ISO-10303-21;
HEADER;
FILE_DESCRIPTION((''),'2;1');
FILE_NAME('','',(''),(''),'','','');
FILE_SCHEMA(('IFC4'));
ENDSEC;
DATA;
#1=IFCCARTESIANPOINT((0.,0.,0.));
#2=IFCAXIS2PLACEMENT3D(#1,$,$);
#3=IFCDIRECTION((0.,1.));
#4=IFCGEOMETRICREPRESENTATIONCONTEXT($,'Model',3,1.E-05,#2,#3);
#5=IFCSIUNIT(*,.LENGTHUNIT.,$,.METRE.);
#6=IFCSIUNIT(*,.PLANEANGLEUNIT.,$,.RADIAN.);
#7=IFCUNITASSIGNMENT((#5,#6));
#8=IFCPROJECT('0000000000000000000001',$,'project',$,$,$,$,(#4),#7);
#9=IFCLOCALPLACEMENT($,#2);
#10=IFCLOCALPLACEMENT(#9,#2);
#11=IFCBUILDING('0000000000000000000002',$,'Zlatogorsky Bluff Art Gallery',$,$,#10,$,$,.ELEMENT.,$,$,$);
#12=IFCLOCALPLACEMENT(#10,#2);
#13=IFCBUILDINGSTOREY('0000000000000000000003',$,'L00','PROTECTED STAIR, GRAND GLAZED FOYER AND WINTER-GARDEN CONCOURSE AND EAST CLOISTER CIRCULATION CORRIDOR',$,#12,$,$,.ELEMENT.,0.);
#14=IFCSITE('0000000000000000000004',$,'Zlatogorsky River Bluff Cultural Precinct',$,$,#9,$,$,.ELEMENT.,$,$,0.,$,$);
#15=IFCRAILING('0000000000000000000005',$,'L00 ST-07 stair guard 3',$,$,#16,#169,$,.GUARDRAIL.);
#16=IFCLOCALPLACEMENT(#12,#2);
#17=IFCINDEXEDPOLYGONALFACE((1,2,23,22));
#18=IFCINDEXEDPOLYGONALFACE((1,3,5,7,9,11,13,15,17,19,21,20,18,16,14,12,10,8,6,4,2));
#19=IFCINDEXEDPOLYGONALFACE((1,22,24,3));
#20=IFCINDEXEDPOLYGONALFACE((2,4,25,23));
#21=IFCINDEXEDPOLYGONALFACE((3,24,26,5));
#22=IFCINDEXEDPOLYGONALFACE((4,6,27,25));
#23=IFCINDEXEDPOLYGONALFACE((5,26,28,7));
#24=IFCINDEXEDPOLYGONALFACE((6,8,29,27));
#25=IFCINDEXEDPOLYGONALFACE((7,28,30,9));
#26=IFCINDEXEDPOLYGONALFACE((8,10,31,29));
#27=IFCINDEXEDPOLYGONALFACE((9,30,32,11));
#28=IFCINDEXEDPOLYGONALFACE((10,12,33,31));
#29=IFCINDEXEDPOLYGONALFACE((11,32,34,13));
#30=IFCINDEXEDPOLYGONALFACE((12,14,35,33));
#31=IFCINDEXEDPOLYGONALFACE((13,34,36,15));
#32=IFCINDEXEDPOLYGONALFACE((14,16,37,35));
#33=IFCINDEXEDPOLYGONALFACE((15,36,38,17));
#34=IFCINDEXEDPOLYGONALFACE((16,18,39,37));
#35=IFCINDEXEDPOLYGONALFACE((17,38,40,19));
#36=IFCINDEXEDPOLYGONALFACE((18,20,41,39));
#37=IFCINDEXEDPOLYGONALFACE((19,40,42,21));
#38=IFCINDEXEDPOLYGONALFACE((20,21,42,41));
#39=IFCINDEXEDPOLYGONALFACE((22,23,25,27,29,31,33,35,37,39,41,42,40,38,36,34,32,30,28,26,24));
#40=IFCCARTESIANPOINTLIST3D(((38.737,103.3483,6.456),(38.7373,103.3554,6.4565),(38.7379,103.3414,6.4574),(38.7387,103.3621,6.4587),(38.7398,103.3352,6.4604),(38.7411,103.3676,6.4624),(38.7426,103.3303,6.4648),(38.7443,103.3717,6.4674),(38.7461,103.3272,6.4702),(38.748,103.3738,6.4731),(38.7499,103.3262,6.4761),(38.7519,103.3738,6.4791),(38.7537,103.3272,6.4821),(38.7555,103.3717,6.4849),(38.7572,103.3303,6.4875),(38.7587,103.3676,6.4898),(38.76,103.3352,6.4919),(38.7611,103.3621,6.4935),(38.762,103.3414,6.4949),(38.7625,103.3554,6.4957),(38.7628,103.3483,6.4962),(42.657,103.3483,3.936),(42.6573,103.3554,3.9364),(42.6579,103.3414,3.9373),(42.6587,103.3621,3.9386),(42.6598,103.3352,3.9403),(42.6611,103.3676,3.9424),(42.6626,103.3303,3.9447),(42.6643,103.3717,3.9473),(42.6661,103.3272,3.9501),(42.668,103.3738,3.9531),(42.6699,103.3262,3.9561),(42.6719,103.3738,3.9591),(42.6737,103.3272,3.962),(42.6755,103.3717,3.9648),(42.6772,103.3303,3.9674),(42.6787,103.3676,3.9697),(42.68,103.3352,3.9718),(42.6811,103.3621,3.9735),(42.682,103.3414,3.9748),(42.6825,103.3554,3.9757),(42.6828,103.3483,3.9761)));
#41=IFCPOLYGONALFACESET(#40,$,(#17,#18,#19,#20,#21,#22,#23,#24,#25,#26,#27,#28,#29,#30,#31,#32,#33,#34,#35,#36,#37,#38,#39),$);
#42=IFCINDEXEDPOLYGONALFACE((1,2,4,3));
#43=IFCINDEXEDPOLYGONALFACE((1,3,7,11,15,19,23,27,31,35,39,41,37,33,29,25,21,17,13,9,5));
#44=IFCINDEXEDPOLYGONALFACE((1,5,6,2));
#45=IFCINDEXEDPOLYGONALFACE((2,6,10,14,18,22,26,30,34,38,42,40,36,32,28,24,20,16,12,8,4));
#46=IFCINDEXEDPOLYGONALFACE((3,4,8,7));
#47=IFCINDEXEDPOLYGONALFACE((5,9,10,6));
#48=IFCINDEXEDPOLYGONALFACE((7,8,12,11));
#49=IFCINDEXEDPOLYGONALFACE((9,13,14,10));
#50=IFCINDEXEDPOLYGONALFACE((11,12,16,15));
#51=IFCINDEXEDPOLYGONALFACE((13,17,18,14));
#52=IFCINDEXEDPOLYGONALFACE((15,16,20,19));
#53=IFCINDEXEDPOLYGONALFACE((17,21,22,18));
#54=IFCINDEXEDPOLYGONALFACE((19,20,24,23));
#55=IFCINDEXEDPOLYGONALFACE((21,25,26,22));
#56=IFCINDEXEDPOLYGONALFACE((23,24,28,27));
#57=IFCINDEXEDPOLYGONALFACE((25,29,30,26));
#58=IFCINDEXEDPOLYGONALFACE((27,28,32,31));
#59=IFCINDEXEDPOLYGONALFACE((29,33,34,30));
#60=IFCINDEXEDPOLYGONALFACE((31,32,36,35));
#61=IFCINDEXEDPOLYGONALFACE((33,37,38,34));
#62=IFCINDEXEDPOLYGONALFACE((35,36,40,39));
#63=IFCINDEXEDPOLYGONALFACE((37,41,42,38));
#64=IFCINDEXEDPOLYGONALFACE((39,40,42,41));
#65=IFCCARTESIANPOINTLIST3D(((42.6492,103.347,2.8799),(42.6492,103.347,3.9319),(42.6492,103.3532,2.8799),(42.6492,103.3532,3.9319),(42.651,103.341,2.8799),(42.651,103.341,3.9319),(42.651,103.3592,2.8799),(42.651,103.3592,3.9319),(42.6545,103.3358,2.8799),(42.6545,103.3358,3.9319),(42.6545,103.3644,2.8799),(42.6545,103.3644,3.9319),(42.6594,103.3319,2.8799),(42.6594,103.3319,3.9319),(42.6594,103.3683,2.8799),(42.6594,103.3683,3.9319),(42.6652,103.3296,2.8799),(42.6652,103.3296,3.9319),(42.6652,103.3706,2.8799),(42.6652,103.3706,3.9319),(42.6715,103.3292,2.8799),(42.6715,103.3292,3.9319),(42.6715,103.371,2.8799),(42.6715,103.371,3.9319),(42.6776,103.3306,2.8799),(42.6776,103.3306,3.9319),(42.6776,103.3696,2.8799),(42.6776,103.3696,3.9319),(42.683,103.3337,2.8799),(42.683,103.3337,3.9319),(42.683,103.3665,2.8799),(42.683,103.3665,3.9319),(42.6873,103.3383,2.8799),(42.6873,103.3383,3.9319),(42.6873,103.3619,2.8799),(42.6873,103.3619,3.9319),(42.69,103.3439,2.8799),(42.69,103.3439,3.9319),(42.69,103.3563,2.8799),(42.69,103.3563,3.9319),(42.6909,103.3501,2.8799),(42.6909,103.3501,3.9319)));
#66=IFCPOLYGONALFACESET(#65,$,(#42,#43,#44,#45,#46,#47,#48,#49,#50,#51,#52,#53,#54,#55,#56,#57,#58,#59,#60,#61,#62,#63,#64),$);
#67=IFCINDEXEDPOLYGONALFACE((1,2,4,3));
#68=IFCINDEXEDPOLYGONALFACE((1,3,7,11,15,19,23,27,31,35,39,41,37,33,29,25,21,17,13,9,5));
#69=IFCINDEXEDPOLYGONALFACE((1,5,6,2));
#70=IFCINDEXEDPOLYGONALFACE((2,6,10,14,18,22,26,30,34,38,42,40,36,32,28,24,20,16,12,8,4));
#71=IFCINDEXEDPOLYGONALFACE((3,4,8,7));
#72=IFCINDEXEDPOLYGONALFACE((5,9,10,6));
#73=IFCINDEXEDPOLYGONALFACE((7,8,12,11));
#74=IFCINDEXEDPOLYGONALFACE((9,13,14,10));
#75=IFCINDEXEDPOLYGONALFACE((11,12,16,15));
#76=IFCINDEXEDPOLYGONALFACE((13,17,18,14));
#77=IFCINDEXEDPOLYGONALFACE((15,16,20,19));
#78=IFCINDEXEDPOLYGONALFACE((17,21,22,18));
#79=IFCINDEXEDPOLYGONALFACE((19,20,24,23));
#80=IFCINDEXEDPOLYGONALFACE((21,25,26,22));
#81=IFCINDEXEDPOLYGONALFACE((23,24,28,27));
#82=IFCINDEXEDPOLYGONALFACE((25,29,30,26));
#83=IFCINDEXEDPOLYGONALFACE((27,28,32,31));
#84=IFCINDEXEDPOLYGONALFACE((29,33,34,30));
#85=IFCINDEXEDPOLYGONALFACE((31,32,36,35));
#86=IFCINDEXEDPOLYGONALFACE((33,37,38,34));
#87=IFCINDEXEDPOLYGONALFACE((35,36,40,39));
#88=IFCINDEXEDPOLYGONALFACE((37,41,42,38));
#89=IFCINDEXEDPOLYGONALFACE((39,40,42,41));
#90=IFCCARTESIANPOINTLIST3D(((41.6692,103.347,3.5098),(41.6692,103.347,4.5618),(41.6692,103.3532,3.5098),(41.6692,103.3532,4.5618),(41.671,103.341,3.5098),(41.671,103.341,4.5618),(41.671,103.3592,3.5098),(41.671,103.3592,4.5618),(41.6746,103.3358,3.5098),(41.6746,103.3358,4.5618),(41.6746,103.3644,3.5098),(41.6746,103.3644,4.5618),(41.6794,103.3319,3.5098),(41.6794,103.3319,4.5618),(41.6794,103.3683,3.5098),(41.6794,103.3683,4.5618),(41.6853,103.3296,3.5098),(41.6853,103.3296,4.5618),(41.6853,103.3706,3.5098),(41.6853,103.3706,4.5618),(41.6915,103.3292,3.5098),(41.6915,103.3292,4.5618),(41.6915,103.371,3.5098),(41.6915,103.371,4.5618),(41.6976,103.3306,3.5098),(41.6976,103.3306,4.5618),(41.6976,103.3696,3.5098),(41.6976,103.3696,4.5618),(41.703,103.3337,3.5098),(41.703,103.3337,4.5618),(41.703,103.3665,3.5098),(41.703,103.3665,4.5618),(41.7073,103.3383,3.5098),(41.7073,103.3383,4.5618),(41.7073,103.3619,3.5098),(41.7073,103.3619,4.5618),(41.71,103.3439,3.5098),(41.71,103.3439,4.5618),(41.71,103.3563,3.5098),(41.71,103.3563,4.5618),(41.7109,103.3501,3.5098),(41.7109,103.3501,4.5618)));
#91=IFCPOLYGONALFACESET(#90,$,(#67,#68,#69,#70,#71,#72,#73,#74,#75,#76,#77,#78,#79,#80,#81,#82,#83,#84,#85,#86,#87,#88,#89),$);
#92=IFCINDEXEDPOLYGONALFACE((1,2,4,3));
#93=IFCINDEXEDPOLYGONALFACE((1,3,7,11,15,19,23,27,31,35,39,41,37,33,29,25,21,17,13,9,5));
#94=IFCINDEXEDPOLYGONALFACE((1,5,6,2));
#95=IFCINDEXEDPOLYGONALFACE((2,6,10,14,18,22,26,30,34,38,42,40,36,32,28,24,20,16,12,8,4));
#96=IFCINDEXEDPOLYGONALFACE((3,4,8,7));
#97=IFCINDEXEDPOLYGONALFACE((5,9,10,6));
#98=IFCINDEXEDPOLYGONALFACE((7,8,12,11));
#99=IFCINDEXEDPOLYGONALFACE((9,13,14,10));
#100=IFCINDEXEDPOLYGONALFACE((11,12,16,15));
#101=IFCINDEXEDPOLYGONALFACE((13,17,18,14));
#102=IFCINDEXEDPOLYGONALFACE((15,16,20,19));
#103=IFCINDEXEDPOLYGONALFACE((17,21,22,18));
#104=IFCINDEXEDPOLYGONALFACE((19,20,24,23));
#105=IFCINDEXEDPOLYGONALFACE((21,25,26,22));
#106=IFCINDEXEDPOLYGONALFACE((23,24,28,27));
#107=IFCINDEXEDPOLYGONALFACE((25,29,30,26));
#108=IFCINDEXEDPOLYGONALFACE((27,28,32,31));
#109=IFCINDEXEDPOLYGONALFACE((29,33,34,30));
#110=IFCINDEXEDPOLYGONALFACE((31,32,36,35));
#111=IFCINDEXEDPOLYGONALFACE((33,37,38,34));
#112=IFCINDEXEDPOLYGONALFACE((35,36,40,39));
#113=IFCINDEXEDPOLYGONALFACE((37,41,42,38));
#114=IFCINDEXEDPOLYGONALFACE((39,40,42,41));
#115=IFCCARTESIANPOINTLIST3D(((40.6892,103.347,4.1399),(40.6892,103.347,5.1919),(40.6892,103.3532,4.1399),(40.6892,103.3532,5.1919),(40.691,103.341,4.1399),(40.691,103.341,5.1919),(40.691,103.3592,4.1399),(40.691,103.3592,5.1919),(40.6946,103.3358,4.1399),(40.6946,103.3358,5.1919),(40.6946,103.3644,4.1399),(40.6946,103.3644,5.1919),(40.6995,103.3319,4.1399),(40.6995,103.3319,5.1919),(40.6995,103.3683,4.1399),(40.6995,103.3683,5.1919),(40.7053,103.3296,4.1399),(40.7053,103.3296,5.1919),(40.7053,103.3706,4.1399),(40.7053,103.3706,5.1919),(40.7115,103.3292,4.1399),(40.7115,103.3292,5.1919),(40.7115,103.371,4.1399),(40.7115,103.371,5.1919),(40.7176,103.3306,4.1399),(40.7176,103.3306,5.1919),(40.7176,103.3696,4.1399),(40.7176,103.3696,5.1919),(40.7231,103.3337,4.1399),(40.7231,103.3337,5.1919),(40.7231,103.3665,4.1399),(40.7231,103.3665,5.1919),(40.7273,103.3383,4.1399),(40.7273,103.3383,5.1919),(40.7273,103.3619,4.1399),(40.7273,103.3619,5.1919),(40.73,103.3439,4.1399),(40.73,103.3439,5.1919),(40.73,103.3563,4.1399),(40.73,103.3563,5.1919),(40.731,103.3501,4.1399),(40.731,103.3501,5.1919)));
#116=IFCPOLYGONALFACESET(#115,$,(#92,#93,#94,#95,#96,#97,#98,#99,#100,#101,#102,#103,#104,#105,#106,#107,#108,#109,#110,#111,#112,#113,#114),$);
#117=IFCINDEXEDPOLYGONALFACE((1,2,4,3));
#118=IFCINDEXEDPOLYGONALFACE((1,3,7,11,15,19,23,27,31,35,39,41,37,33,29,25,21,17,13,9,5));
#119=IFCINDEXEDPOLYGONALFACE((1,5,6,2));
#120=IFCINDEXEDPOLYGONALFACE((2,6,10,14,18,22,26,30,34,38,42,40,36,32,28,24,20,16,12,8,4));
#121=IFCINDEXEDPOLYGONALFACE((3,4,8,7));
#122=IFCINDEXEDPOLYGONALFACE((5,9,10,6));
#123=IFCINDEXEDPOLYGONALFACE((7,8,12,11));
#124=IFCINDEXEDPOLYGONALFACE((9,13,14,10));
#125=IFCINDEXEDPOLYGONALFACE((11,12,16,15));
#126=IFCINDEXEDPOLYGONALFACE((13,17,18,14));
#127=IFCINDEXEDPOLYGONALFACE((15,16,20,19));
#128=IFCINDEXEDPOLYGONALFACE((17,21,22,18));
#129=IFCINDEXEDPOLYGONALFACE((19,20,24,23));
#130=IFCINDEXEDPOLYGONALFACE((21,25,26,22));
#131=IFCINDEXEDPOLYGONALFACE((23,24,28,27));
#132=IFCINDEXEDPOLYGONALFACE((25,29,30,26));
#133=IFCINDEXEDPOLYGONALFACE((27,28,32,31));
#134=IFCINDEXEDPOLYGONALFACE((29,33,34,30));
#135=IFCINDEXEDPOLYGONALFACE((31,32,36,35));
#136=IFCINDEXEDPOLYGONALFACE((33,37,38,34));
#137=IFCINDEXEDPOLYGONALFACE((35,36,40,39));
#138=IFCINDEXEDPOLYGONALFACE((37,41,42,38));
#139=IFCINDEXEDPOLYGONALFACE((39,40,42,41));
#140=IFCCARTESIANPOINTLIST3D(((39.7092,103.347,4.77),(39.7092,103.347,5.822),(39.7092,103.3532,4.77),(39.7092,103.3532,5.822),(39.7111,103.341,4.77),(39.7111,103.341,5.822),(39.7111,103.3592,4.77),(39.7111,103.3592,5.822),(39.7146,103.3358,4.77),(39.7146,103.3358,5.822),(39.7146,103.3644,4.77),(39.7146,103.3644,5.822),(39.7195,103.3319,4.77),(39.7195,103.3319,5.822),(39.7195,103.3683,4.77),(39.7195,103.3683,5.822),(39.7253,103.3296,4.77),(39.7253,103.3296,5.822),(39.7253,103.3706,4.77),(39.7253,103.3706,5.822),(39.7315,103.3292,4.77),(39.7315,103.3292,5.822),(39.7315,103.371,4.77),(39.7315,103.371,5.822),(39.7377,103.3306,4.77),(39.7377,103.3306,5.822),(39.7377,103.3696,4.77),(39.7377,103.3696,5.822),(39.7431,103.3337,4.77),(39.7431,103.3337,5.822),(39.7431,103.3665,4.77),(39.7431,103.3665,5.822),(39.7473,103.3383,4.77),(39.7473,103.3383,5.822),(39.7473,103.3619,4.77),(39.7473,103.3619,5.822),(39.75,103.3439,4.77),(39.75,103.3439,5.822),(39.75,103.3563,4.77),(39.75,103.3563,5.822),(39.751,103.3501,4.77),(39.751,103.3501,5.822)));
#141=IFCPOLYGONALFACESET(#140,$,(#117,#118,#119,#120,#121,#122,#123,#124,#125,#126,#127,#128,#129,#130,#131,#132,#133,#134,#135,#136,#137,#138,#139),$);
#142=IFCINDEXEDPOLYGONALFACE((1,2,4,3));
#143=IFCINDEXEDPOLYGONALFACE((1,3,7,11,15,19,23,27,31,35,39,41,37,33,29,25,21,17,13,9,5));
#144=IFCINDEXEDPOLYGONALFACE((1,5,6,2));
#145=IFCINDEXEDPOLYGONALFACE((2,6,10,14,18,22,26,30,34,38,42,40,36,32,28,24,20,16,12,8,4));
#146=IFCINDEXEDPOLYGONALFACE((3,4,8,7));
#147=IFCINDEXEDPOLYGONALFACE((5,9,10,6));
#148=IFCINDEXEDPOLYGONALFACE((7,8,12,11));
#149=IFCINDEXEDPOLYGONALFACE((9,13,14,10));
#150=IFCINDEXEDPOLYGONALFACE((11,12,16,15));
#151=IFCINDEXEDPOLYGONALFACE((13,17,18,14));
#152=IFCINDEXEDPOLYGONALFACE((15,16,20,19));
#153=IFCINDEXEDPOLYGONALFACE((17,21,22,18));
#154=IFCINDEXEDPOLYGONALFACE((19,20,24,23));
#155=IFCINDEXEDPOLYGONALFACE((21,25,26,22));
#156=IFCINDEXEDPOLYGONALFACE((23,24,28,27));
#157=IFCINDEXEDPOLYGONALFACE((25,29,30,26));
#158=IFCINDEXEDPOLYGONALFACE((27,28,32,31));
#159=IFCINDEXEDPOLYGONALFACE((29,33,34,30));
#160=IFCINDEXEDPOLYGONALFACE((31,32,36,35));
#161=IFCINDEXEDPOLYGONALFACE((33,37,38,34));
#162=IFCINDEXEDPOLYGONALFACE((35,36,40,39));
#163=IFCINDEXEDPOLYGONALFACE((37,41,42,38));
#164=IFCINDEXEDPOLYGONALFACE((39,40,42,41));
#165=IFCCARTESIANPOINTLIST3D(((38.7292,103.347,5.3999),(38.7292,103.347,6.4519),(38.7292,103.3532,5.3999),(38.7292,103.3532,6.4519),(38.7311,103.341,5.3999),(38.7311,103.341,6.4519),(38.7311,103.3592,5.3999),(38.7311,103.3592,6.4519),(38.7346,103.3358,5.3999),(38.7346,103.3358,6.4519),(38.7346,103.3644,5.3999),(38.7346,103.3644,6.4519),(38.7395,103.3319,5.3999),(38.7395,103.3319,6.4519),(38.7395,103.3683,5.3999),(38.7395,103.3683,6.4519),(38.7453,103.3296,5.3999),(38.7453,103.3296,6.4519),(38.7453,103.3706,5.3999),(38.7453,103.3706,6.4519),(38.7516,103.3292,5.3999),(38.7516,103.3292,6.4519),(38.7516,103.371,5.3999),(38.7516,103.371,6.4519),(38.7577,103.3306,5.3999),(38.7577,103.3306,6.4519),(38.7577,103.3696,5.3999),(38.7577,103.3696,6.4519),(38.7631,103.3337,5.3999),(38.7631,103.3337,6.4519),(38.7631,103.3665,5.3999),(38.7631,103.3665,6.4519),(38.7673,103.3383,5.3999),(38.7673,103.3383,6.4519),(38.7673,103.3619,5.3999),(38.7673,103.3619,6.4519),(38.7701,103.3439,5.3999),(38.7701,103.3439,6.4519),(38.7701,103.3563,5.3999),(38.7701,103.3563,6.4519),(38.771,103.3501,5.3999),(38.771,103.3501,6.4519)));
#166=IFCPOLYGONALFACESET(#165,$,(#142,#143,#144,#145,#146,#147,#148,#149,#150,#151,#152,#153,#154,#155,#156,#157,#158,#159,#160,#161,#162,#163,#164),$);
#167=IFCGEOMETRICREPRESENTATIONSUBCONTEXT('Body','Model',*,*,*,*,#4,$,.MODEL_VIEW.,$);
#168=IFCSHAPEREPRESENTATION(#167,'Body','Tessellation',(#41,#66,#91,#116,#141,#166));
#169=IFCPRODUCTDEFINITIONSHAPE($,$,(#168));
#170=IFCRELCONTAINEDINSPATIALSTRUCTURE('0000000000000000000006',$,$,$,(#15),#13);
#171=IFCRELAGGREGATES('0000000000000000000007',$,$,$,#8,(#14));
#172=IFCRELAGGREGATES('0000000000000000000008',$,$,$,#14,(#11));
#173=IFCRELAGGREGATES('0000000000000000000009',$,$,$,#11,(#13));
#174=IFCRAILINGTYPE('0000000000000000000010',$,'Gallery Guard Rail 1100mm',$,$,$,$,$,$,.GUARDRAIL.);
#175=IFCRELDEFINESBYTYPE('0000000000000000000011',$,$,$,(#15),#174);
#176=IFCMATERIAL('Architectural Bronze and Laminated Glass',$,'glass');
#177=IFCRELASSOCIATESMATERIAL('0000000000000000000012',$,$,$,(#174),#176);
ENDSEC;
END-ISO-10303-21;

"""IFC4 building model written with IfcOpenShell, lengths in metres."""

from ifc_helpers import new_model, si_unit, direction, frame, origin, origin_2d, place, context, subcontext, project, spatial, circle, extrude, material, type_object, element, save


model = new_model("IFC4")

# Units and contexts
model_context = context("Model", 3, precision=1e-05, world=origin(), true_north=direction((0.0, 1.0)))
body_context = subcontext(model_context, "Body", "Model", "MODEL_VIEW")
ifc_project = project(units=[si_unit("LENGTHUNIT", "METRE"), si_unit("PLANEANGLEUNIT", "RADIAN")], contexts=[model_context])

# Site, building, storey
site_placement = place(None, origin())
site = spatial("IfcSite", under=ifc_project, at=site_placement, Name="Zlatogorsky River Bluff Cultural Precinct", CompositionType="ELEMENT", RefElevation=0.0)
building_placement = place(site_placement, origin())
building = spatial("IfcBuilding", under=site, at=building_placement, Name="Zlatogorsky Bluff Art Gallery", CompositionType="ELEMENT")
storey_placement = place(building_placement, origin())
storey = spatial("IfcBuildingStorey", under=building, at=storey_placement, Name="L00", Description="PROTECTED STAIR, GRAND GLAZED FOYER AND WINTER-GARDEN CONCOURSE AND EAST CLOISTER CIRCULATION CORRIDOR", CompositionType="ELEMENT", Elevation=0.0)

# Railing
ifc_material_1 = material(Name="Architectural Bronze and Laminated Glass", Category="glass")
railing_type_1 = type_object("IfcRailingType", Name="Gallery Guard Rail 1100mm", PredefinedType="GUARDRAIL", material=ifc_material_1)
railing_1_placement = place(storey_placement, frame((42.6699, 103.3501, 2.8799)))
element("IfcRailing", 1, at=railing_1_placement, inside=storey, type_object=railing_type_1, Name="L00 ST-07 stair guard 3", PredefinedType="GUARDRAIL", context=body_context, shape_type="SweptSolid", body=[
    extrude(circle(Radius=0.0239, at=origin_2d()), frame((0.0, 0.0, 1.0762), z_axis=(-0.841172, 0.0, 0.540768), x_axis=(0.0, -1.0, 0.0)), (0.0, 0.0, 1.0), 4.6602),
    extrude(circle(Radius=0.021, at=origin_2d()), origin(), (0.0, 0.0, 1.0), 1.052),
    extrude(circle(Radius=0.021, at=origin_2d()), frame((-0.98, 0.0, 0.6299)), (0.0, 0.0, 1.0), 1.052),
    extrude(circle(Radius=0.021, at=origin_2d()), frame((-1.96, 0.0, 1.26)), (0.0, 0.0, 1.0), 1.052),
    extrude(circle(Radius=0.021, at=origin_2d()), frame((-2.9399, 0.0, 1.8901)), (0.0, 0.0, 1.0), 1.052),
    extrude(circle(Radius=0.021, at=origin_2d()), frame((-3.9199, 0.0, 2.52)), (0.0, 0.0, 1.0), 1.052),
])

save(model, "model.ifc")
